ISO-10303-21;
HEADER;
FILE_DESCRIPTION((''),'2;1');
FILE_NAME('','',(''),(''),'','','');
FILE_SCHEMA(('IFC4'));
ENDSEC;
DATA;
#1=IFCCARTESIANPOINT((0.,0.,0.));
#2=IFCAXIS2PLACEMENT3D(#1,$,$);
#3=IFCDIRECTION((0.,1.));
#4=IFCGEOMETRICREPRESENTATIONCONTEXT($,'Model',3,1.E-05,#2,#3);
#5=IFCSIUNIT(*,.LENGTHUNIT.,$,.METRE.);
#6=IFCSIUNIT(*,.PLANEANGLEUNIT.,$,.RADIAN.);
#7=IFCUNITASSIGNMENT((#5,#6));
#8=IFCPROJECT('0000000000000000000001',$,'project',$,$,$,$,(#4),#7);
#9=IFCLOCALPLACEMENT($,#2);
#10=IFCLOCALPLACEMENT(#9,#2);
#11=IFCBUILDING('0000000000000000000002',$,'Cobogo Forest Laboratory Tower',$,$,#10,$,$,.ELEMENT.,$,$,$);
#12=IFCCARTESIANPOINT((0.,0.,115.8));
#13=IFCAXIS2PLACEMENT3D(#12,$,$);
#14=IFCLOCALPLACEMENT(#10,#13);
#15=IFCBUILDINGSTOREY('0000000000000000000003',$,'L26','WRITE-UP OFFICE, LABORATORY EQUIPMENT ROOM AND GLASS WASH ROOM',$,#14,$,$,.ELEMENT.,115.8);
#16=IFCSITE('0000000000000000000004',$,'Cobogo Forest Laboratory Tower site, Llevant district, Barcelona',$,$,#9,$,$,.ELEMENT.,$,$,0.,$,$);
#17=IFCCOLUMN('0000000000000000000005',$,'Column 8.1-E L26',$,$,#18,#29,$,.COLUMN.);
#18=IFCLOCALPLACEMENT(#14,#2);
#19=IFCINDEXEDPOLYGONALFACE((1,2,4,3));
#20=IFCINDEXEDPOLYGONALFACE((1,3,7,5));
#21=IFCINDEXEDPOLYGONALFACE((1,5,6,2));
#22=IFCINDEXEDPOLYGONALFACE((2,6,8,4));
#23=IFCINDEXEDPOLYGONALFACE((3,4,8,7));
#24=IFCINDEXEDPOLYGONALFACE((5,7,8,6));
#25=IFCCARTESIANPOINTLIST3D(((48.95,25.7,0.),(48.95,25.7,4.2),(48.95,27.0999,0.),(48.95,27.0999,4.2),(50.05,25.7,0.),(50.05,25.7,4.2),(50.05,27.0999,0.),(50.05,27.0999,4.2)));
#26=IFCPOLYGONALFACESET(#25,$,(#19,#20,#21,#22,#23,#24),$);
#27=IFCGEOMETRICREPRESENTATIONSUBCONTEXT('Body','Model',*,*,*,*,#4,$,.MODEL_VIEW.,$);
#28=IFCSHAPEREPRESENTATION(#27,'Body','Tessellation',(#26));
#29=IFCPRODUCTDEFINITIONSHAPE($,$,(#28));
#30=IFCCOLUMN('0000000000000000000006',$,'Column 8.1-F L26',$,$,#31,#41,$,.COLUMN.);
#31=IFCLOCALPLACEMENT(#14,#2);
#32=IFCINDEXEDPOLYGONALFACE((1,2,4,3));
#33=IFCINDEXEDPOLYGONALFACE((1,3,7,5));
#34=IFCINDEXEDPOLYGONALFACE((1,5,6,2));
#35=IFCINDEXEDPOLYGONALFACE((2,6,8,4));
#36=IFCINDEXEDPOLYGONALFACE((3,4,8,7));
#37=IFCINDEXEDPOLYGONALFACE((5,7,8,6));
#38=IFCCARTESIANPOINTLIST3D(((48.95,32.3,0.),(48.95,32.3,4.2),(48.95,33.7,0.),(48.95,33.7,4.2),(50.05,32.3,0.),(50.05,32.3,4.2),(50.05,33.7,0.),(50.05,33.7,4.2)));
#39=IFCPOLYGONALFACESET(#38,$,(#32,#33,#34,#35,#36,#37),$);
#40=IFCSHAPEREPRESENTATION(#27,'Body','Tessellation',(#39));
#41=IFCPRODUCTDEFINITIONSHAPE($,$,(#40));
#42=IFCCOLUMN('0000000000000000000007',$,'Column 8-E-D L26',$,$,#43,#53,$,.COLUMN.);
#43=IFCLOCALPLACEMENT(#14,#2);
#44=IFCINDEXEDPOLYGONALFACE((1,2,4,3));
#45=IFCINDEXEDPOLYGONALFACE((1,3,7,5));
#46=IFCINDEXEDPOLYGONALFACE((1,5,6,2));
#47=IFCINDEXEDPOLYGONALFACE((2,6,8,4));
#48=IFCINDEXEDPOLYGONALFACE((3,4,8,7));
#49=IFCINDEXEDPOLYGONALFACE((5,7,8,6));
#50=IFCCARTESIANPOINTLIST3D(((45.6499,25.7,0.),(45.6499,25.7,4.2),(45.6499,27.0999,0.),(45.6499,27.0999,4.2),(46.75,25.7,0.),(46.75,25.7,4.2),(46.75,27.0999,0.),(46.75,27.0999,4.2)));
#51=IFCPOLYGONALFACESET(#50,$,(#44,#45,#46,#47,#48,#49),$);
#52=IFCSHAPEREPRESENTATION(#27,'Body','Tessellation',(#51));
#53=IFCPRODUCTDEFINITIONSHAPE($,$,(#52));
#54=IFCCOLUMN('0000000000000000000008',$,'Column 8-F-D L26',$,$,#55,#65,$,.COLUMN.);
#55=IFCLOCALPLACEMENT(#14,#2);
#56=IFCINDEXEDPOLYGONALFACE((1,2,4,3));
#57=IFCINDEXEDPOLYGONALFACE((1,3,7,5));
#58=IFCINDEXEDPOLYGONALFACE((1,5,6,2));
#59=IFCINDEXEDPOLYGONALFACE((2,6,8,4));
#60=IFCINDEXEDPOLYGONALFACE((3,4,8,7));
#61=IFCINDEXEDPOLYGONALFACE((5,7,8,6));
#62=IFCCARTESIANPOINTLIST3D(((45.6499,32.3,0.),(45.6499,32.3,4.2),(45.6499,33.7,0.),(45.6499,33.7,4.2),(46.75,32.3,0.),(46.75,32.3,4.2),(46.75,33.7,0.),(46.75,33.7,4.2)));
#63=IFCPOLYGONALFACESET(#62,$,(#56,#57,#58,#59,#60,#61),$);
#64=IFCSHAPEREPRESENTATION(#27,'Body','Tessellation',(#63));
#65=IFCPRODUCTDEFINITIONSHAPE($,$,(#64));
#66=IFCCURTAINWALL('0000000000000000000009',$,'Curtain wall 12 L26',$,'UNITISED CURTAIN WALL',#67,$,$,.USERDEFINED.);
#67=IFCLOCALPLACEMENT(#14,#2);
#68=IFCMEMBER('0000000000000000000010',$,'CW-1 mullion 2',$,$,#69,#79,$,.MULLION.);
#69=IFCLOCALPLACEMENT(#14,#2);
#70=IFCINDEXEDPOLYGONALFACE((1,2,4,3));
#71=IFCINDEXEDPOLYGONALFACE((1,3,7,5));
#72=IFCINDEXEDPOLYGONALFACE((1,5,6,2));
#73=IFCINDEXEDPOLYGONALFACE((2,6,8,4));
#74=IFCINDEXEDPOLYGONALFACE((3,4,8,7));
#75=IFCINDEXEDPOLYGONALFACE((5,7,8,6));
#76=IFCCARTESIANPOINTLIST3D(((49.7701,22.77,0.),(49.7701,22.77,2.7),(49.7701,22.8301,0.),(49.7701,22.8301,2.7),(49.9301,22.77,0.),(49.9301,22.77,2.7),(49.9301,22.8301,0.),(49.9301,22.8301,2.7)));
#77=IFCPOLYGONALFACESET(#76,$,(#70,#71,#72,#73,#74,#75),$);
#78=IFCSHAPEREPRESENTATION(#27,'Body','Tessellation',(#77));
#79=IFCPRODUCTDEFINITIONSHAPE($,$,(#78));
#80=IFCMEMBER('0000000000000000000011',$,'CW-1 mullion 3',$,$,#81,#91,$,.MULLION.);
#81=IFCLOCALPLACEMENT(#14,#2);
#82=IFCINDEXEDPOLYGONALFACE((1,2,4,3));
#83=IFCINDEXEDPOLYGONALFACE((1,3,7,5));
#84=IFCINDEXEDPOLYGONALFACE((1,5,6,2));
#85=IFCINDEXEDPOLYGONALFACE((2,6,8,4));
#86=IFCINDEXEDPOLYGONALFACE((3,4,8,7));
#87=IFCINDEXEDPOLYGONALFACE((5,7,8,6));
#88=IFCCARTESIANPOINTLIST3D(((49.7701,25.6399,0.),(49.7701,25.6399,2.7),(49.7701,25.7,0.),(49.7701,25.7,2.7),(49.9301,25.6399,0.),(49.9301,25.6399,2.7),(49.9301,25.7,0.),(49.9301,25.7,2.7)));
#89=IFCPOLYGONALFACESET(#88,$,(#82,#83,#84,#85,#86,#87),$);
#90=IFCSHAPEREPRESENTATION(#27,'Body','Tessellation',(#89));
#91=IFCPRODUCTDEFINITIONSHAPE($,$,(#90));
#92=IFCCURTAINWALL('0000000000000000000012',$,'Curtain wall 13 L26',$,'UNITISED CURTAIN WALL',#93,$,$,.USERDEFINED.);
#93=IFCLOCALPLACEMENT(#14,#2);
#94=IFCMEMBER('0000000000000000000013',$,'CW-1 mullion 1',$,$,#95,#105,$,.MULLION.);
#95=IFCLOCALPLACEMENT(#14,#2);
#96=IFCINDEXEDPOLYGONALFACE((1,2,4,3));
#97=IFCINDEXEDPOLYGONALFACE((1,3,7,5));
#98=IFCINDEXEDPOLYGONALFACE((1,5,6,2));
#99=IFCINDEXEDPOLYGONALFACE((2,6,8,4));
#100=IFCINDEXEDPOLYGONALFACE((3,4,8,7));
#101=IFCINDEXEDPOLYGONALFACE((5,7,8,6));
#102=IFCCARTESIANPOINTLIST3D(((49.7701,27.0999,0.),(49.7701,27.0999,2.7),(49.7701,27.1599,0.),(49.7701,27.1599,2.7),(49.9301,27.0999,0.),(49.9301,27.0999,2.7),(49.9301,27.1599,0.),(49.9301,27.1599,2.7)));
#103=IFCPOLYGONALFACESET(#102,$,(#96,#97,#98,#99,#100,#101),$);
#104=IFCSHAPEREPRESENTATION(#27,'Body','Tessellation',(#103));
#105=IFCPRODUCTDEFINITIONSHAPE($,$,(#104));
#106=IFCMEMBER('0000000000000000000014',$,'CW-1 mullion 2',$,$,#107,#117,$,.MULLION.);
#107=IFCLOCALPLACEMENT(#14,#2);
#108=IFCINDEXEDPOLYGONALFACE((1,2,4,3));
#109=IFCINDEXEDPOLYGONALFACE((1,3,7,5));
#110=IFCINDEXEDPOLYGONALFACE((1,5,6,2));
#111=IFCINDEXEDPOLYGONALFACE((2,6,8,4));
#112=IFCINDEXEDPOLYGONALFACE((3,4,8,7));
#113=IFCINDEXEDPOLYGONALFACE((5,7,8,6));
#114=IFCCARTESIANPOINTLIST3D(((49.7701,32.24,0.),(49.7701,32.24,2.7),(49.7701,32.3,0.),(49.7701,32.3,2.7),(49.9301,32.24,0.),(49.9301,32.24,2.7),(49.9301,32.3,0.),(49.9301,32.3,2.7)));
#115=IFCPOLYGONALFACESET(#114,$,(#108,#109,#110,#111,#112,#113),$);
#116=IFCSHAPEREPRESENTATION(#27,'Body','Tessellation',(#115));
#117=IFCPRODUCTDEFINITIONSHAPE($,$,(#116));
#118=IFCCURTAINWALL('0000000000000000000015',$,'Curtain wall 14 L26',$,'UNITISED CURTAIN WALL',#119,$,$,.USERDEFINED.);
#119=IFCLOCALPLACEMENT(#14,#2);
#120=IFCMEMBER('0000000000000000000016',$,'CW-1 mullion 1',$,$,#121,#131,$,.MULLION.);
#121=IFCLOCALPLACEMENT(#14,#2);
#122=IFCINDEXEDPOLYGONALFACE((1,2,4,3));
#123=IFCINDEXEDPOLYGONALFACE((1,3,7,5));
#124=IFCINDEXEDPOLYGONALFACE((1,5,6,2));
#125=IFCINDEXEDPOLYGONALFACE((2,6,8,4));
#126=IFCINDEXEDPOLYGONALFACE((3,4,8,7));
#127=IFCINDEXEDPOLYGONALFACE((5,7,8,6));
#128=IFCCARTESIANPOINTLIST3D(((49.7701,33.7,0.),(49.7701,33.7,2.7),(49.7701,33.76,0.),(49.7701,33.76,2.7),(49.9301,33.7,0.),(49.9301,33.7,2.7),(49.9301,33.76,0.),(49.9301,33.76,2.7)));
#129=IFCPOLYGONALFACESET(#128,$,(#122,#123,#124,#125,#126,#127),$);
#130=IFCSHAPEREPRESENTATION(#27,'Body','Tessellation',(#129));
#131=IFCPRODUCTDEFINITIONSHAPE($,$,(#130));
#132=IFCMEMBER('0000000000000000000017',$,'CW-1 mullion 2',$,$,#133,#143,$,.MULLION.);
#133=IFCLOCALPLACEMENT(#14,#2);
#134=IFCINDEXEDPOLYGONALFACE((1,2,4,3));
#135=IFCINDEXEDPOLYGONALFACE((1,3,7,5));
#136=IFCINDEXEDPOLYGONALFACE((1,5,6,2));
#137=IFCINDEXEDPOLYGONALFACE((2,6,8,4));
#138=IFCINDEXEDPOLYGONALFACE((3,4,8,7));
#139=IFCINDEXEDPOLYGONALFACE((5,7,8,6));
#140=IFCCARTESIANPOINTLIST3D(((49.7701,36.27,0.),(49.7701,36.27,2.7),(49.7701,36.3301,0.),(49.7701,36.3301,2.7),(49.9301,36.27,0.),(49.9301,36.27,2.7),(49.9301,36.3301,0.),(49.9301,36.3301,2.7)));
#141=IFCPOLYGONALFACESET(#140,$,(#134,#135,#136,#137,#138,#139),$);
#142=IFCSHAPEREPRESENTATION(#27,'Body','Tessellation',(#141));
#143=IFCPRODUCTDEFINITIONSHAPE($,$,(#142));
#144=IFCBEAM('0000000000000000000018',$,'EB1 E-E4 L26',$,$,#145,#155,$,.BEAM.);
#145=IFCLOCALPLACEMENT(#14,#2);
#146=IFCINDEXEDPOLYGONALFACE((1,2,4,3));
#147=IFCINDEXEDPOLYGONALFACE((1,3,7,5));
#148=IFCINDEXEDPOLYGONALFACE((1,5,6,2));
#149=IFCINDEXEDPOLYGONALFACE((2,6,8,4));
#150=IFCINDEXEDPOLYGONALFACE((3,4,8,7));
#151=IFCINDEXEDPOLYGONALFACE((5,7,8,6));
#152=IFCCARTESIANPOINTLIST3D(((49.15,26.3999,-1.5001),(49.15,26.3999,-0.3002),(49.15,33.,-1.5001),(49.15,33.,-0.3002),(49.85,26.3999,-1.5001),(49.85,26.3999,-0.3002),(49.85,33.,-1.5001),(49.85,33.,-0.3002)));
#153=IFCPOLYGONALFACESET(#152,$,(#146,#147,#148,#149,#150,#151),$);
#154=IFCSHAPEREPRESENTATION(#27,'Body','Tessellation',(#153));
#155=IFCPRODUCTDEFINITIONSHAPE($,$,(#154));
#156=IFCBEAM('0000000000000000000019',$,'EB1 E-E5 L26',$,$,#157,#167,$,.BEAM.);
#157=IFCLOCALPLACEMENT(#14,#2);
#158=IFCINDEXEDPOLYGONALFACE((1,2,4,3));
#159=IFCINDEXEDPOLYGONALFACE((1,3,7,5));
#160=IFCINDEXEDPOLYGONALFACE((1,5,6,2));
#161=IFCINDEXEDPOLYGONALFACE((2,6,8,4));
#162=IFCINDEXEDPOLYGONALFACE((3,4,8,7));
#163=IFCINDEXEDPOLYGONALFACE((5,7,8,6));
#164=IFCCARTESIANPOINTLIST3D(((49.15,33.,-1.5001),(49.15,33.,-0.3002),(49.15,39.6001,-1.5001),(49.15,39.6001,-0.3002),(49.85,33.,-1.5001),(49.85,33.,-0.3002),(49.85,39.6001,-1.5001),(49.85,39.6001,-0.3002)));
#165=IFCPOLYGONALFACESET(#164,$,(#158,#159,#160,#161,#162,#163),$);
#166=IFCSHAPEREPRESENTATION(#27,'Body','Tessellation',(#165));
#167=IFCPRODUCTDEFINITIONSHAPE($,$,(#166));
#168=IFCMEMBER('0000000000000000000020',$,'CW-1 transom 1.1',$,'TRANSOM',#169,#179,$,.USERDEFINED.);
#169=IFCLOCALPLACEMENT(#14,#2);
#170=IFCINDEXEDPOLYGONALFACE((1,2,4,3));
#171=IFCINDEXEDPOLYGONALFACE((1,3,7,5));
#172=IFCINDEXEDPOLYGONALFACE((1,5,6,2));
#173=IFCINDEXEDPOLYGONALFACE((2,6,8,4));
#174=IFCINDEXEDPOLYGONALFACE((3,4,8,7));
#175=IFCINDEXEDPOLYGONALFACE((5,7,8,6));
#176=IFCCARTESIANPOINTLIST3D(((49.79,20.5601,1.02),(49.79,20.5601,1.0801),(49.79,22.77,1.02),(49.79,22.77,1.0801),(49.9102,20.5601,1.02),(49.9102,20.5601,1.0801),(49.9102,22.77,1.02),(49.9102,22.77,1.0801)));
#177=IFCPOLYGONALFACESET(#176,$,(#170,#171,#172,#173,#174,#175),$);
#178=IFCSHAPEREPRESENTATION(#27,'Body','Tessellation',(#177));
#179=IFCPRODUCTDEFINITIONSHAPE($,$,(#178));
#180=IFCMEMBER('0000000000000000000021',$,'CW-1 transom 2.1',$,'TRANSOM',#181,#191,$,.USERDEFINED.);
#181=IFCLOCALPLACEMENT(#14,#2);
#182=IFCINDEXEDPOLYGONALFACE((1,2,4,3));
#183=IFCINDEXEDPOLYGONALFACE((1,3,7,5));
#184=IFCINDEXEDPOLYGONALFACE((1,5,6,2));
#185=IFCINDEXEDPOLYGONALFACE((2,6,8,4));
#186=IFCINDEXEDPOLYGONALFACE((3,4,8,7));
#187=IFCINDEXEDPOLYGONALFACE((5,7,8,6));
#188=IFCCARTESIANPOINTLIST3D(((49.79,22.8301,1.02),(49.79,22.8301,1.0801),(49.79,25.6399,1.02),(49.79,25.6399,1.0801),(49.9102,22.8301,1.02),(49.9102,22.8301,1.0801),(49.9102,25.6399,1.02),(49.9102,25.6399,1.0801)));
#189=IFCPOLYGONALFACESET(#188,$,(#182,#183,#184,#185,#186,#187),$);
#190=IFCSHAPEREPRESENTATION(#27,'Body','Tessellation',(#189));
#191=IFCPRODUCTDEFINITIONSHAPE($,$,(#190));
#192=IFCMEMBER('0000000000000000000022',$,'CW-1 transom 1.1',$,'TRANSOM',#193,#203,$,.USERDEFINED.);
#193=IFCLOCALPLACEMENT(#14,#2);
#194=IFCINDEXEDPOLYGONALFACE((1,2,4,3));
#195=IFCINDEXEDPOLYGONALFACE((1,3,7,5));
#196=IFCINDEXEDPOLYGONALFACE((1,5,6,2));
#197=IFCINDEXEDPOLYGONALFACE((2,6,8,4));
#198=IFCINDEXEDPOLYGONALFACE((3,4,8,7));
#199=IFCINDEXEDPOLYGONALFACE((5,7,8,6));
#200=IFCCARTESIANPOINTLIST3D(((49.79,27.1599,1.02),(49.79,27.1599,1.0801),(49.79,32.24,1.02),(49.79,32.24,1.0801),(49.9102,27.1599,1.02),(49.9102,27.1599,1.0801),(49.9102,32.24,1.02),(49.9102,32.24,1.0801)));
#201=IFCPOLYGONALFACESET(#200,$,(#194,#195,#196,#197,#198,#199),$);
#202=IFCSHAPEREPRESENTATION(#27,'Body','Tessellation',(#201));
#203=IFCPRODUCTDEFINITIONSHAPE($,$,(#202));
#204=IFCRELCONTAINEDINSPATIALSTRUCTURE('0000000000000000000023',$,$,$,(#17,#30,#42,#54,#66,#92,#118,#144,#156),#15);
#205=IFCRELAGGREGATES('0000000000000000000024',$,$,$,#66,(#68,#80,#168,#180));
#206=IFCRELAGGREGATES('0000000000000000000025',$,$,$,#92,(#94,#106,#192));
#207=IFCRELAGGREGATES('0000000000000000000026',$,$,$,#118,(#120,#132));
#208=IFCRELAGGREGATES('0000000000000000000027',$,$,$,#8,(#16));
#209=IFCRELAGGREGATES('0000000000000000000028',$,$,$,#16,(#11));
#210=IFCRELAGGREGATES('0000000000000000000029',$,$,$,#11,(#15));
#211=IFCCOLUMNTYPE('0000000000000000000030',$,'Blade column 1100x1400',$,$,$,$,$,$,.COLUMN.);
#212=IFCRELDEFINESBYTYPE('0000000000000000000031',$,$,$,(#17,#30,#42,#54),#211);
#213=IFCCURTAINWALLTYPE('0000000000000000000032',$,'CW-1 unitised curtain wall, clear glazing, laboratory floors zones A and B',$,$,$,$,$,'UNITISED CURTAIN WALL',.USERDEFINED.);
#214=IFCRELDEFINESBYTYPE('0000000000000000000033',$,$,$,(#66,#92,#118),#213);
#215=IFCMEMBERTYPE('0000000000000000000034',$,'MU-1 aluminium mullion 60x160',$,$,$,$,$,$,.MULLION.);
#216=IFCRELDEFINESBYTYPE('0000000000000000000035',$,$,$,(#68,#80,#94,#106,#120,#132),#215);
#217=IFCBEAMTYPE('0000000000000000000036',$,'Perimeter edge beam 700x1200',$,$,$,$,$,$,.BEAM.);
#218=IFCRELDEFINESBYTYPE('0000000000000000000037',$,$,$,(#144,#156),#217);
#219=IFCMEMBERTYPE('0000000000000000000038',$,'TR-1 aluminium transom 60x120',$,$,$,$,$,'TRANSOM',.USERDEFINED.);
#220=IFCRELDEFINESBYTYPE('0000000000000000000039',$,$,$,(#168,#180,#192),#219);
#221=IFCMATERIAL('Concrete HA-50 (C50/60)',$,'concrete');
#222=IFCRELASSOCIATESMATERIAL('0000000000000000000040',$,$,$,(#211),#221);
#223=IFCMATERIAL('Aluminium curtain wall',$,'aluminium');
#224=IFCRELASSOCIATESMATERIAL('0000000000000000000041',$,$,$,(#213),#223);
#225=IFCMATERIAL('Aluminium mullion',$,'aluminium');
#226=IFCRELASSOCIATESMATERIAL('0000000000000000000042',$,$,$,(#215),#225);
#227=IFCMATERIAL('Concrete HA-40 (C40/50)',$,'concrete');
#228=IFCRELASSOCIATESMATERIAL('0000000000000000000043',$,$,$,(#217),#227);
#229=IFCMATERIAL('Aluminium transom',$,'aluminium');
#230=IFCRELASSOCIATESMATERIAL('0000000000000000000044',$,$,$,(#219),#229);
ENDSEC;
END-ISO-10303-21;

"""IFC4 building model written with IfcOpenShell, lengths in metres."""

from ifc_helpers import new_model, si_unit, direction, frame, origin, origin_2d, place, context, subcontext, project, spatial, rectangle, extrude, material, material_profile, profile_set, type_object, element, aggregate, save


model = new_model("IFC4")

# Units and contexts
model_context = context("Model", 3, precision=1e-05, world=origin(), true_north=direction((0.0, 1.0)))
body_context = subcontext(model_context, "Body", "Model", "MODEL_VIEW")
ifc_project = project(units=[si_unit("LENGTHUNIT", "METRE"), si_unit("PLANEANGLEUNIT", "RADIAN")], contexts=[model_context])

# Site, building, storey
site_placement = place(None, origin())
site = spatial("IfcSite", under=ifc_project, at=site_placement, Name="Cobogo Forest Laboratory Tower site, Llevant district, Barcelona", CompositionType="ELEMENT", RefElevation=0.0)
building_placement = place(site_placement, origin())
building = spatial("IfcBuilding", under=site, at=building_placement, Name="Cobogo Forest Laboratory Tower", CompositionType="ELEMENT")
storey_placement = place(building_placement, frame((0.0, 0.0, 115.8)))
storey = spatial("IfcBuildingStorey", under=building, at=storey_placement, Name="L26", Description="WRITE-UP OFFICE, LABORATORY EQUIPMENT ROOM AND GLASS WASH ROOM", CompositionType="ELEMENT", Elevation=115.8)

# Columns
ifc_material_1 = material(Name="Concrete HA-50 (C50/60)", Category="concrete")
ifc_material_profile_1 = material_profile(ifc_material_1, rectangle(XDim=1.3999, YDim=1.1001, at=origin_2d()), Name="RC 1100x1400")
ifc_profile_set_1 = profile_set([ifc_material_profile_1], Name="Concrete HA-50 (C50/60)")
column_type = type_object("IfcColumnType", Name="Blade column 1100x1400", PredefinedType="COLUMN", material=ifc_profile_set_1)
for number, where, z_axis, x_axis, name in (
    (1, (49.5, 26.3999, 0.0), (0.0, 0.0, 1.0), (0.0, 1.0, 0.0), "Column 8.1-E L26"),
    (2, (49.5, 33.0, 0.0), (0.0, 0.0, 1.0), (0.0, 1.0, 0.0), "Column 8.1-F L26"),
    (3, (46.2, 26.3999, 0.0), (0.0, 0.0, 1.0), (0.0, 1.0, 0.0), "Column 8-E-D L26"),
    (4, (46.2, 33.0, 0.0), (0.0, 0.0, 1.0), (0.0, 1.0, 0.0), "Column 8-F-D L26"),
):
    element("IfcColumn", number, at=place(storey_placement, frame(where, z_axis=z_axis, x_axis=x_axis)), inside=storey, type_object=column_type, Name=name, PredefinedType="COLUMN", context=body_context, shape_type="SweptSolid", body=[
        extrude(rectangle(XDim=1.3999, YDim=1.1001, at=origin_2d()), origin(), (0.0, 0.0, 1.0), 4.2),
    ])

# Curtain walls, members
ifc_material_2 = material(Name="Aluminium curtain wall", Category="aluminium")
curtain_wall_type = type_object("IfcCurtainWallType", Name="CW-1 unitised curtain wall, clear glazing, laboratory floors zones A and B", ElementType="UNITISED CURTAIN WALL", PredefinedType="USERDEFINED", material=ifc_material_2)
curtain_wall_1_placement = place(storey_placement, origin())
curtain_wall_1 = element("IfcCurtainWall", 5, at=curtain_wall_1_placement, inside=storey, type_object=curtain_wall_type, Name="Curtain wall 12 L26", ObjectType="UNITISED CURTAIN WALL", PredefinedType="USERDEFINED")
ifc_material_3 = material(Name="Aluminium mullion", Category="aluminium")
ifc_material_profile_2 = material_profile(ifc_material_3, rectangle(XDim=0.0601, YDim=0.1599, at=origin_2d()), Name="AL 60x160")
ifc_profile_set_2 = profile_set([ifc_material_profile_2], Name="Aluminium mullion")
member_type_1 = type_object("IfcMemberType", Name="MU-1 aluminium mullion 60x160", PredefinedType="MULLION", material=ifc_profile_set_2)
member_1_placement = place(storey_placement, frame((49.8501, 22.8, 0.0), z_axis=(0.0, 0.0, 1.0), x_axis=(0.0, 1.0, 0.0)))
member_1 = element("IfcMember", 6, at=member_1_placement, type_object=member_type_1, Name="CW-1 mullion 2", PredefinedType="MULLION", context=body_context, shape_type="SweptSolid", body=[
    extrude(rectangle(XDim=0.0601, YDim=0.1599, at=origin_2d()), origin(), (0.0, 0.0, 1.0), 2.7),
])
member_2_placement = place(storey_placement, frame((49.8501, 25.6699, 0.0), z_axis=(0.0, 0.0, 1.0), x_axis=(0.0, 1.0, 0.0)))
member_2 = element("IfcMember", 7, at=member_2_placement, type_object=member_type_1, Name="CW-1 mullion 3", PredefinedType="MULLION", context=body_context, shape_type="SweptSolid", body=[
    extrude(rectangle(XDim=0.0601, YDim=0.1599, at=origin_2d()), origin(), (0.0, 0.0, 1.0), 2.7),
])
curtain_wall_2_placement = place(storey_placement, origin())
curtain_wall_2 = element("IfcCurtainWall", 8, at=curtain_wall_2_placement, inside=storey, type_object=curtain_wall_type, Name="Curtain wall 13 L26", ObjectType="UNITISED CURTAIN WALL", PredefinedType="USERDEFINED")
member_3_placement = place(storey_placement, frame((49.8501, 27.1299, 0.0), z_axis=(0.0, 0.0, 1.0), x_axis=(0.0, 1.0, 0.0)))
member_3 = element("IfcMember", 9, at=member_3_placement, type_object=member_type_1, Name="CW-1 mullion 1", PredefinedType="MULLION", context=body_context, shape_type="SweptSolid", body=[
    extrude(rectangle(XDim=0.0601, YDim=0.1599, at=origin_2d()), origin(), (0.0, 0.0, 1.0), 2.7),
])
member_4_placement = place(storey_placement, frame((49.8501, 32.27, 0.0), z_axis=(0.0, 0.0, 1.0), x_axis=(0.0, 1.0, 0.0)))
member_4 = element("IfcMember", 10, at=member_4_placement, type_object=member_type_1, Name="CW-1 mullion 2", PredefinedType="MULLION", context=body_context, shape_type="SweptSolid", body=[
    extrude(rectangle(XDim=0.0601, YDim=0.1599, at=origin_2d()), origin(), (0.0, 0.0, 1.0), 2.7),
])
curtain_wall_3_placement = place(storey_placement, origin())
curtain_wall_3 = element("IfcCurtainWall", 11, at=curtain_wall_3_placement, inside=storey, type_object=curtain_wall_type, Name="Curtain wall 14 L26", ObjectType="UNITISED CURTAIN WALL", PredefinedType="USERDEFINED")
member_5_placement = place(storey_placement, frame((49.8501, 33.73, 0.0), z_axis=(0.0, 0.0, 1.0), x_axis=(0.0, 1.0, 0.0)))
member_5 = element("IfcMember", 12, at=member_5_placement, type_object=member_type_1, Name="CW-1 mullion 1", PredefinedType="MULLION", context=body_context, shape_type="SweptSolid", body=[
    extrude(rectangle(XDim=0.0601, YDim=0.1599, at=origin_2d()), origin(), (0.0, 0.0, 1.0), 2.7),
])
member_6_placement = place(storey_placement, frame((49.8501, 36.3, 0.0), z_axis=(0.0, 0.0, 1.0), x_axis=(0.0, 1.0, 0.0)))
member_6 = element("IfcMember", 13, at=member_6_placement, type_object=member_type_1, Name="CW-1 mullion 2", PredefinedType="MULLION", context=body_context, shape_type="SweptSolid", body=[
    extrude(rectangle(XDim=0.0601, YDim=0.1599, at=origin_2d()), origin(), (0.0, 0.0, 1.0), 2.7),
])

# Beams
ifc_material_4 = material(Name="Concrete HA-40 (C40/50)", Category="concrete")
ifc_material_profile_3 = material_profile(ifc_material_4, rectangle(XDim=0.7, YDim=1.2, at=origin_2d()), Name="RC 700x1200")
ifc_profile_set_3 = profile_set([ifc_material_profile_3], Name="Concrete HA-40 (C40/50)")
beam_type = type_object("IfcBeamType", Name="Perimeter edge beam 700x1200", PredefinedType="BEAM", material=ifc_profile_set_3)
for number, where, z_axis, x_axis, name in (
    (14, (49.5, 26.3999, -0.9001), (0.0, 1.0, 0.0), (-1.0, 0.0, 0.0), "EB1 E-E4 L26"),
    (15, (49.5, 33.0, -0.9001), (0.0, 1.0, 0.0), (-1.0, 0.0, 0.0), "EB1 E-E5 L26"),
):
    element("IfcBeam", number, at=place(storey_placement, frame(where, z_axis=z_axis, x_axis=x_axis)), inside=storey, type_object=beam_type, Name=name, PredefinedType="BEAM", context=body_context, shape_type="SweptSolid", body=[
        extrude(rectangle(XDim=0.7, YDim=1.2, at=origin_2d()), origin(), (0.0, 0.0, 1.0), 6.6001),
    ])

# Members
ifc_material_5 = material(Name="Aluminium transom", Category="aluminium")
ifc_material_profile_4 = material_profile(ifc_material_5, rectangle(XDim=0.1201, YDim=0.0601, at=origin_2d()), Name="AL 60x120")
ifc_profile_set_4 = profile_set([ifc_material_profile_4], Name="Aluminium transom")
member_type_2 = type_object("IfcMemberType", Name="TR-1 aluminium transom 60x120", ElementType="TRANSOM", PredefinedType="USERDEFINED", material=ifc_profile_set_4)
member_7_placement = place(storey_placement, frame((49.8501, 20.5601, 1.05), z_axis=(0.0, 1.0, 0.0), x_axis=(-1.0, 0.0, 0.0)))
member_7 = element("IfcMember", 16, at=member_7_placement, type_object=member_type_2, Name="CW-1 transom 1.1", ObjectType="TRANSOM", PredefinedType="USERDEFINED", context=body_context, shape_type="SweptSolid", body=[
    extrude(rectangle(XDim=0.1201, YDim=0.0601, at=origin_2d()), origin(), (0.0, 0.0, 1.0), 2.21),
])
member_8_placement = place(storey_placement, frame((49.8501, 22.8301, 1.05), z_axis=(0.0, 1.0, 0.0), x_axis=(-1.0, 0.0, 0.0)))
member_8 = element("IfcMember", 17, at=member_8_placement, type_object=member_type_2, Name="CW-1 transom 2.1", ObjectType="TRANSOM", PredefinedType="USERDEFINED", context=body_context, shape_type="SweptSolid", body=[
    extrude(rectangle(XDim=0.1201, YDim=0.0601, at=origin_2d()), origin(), (0.0, 0.0, 1.0), 2.8098),
])
member_9_placement = place(storey_placement, frame((49.8501, 27.1599, 1.05), z_axis=(0.0, 1.0, 0.0), x_axis=(-1.0, 0.0, 0.0)))
member_9 = element("IfcMember", 18, at=member_9_placement, type_object=member_type_2, Name="CW-1 transom 1.1", ObjectType="TRANSOM", PredefinedType="USERDEFINED", context=body_context, shape_type="SweptSolid", body=[
    extrude(rectangle(XDim=0.1201, YDim=0.0601, at=origin_2d()), origin(), (0.0, 0.0, 1.0), 5.0801),
])

aggregate(curtain_wall_1, [member_1, member_2, member_7, member_8])
aggregate(curtain_wall_2, [member_3, member_4, member_9])
aggregate(curtain_wall_3, [member_5, member_6])

save(model, "model.ifc")
